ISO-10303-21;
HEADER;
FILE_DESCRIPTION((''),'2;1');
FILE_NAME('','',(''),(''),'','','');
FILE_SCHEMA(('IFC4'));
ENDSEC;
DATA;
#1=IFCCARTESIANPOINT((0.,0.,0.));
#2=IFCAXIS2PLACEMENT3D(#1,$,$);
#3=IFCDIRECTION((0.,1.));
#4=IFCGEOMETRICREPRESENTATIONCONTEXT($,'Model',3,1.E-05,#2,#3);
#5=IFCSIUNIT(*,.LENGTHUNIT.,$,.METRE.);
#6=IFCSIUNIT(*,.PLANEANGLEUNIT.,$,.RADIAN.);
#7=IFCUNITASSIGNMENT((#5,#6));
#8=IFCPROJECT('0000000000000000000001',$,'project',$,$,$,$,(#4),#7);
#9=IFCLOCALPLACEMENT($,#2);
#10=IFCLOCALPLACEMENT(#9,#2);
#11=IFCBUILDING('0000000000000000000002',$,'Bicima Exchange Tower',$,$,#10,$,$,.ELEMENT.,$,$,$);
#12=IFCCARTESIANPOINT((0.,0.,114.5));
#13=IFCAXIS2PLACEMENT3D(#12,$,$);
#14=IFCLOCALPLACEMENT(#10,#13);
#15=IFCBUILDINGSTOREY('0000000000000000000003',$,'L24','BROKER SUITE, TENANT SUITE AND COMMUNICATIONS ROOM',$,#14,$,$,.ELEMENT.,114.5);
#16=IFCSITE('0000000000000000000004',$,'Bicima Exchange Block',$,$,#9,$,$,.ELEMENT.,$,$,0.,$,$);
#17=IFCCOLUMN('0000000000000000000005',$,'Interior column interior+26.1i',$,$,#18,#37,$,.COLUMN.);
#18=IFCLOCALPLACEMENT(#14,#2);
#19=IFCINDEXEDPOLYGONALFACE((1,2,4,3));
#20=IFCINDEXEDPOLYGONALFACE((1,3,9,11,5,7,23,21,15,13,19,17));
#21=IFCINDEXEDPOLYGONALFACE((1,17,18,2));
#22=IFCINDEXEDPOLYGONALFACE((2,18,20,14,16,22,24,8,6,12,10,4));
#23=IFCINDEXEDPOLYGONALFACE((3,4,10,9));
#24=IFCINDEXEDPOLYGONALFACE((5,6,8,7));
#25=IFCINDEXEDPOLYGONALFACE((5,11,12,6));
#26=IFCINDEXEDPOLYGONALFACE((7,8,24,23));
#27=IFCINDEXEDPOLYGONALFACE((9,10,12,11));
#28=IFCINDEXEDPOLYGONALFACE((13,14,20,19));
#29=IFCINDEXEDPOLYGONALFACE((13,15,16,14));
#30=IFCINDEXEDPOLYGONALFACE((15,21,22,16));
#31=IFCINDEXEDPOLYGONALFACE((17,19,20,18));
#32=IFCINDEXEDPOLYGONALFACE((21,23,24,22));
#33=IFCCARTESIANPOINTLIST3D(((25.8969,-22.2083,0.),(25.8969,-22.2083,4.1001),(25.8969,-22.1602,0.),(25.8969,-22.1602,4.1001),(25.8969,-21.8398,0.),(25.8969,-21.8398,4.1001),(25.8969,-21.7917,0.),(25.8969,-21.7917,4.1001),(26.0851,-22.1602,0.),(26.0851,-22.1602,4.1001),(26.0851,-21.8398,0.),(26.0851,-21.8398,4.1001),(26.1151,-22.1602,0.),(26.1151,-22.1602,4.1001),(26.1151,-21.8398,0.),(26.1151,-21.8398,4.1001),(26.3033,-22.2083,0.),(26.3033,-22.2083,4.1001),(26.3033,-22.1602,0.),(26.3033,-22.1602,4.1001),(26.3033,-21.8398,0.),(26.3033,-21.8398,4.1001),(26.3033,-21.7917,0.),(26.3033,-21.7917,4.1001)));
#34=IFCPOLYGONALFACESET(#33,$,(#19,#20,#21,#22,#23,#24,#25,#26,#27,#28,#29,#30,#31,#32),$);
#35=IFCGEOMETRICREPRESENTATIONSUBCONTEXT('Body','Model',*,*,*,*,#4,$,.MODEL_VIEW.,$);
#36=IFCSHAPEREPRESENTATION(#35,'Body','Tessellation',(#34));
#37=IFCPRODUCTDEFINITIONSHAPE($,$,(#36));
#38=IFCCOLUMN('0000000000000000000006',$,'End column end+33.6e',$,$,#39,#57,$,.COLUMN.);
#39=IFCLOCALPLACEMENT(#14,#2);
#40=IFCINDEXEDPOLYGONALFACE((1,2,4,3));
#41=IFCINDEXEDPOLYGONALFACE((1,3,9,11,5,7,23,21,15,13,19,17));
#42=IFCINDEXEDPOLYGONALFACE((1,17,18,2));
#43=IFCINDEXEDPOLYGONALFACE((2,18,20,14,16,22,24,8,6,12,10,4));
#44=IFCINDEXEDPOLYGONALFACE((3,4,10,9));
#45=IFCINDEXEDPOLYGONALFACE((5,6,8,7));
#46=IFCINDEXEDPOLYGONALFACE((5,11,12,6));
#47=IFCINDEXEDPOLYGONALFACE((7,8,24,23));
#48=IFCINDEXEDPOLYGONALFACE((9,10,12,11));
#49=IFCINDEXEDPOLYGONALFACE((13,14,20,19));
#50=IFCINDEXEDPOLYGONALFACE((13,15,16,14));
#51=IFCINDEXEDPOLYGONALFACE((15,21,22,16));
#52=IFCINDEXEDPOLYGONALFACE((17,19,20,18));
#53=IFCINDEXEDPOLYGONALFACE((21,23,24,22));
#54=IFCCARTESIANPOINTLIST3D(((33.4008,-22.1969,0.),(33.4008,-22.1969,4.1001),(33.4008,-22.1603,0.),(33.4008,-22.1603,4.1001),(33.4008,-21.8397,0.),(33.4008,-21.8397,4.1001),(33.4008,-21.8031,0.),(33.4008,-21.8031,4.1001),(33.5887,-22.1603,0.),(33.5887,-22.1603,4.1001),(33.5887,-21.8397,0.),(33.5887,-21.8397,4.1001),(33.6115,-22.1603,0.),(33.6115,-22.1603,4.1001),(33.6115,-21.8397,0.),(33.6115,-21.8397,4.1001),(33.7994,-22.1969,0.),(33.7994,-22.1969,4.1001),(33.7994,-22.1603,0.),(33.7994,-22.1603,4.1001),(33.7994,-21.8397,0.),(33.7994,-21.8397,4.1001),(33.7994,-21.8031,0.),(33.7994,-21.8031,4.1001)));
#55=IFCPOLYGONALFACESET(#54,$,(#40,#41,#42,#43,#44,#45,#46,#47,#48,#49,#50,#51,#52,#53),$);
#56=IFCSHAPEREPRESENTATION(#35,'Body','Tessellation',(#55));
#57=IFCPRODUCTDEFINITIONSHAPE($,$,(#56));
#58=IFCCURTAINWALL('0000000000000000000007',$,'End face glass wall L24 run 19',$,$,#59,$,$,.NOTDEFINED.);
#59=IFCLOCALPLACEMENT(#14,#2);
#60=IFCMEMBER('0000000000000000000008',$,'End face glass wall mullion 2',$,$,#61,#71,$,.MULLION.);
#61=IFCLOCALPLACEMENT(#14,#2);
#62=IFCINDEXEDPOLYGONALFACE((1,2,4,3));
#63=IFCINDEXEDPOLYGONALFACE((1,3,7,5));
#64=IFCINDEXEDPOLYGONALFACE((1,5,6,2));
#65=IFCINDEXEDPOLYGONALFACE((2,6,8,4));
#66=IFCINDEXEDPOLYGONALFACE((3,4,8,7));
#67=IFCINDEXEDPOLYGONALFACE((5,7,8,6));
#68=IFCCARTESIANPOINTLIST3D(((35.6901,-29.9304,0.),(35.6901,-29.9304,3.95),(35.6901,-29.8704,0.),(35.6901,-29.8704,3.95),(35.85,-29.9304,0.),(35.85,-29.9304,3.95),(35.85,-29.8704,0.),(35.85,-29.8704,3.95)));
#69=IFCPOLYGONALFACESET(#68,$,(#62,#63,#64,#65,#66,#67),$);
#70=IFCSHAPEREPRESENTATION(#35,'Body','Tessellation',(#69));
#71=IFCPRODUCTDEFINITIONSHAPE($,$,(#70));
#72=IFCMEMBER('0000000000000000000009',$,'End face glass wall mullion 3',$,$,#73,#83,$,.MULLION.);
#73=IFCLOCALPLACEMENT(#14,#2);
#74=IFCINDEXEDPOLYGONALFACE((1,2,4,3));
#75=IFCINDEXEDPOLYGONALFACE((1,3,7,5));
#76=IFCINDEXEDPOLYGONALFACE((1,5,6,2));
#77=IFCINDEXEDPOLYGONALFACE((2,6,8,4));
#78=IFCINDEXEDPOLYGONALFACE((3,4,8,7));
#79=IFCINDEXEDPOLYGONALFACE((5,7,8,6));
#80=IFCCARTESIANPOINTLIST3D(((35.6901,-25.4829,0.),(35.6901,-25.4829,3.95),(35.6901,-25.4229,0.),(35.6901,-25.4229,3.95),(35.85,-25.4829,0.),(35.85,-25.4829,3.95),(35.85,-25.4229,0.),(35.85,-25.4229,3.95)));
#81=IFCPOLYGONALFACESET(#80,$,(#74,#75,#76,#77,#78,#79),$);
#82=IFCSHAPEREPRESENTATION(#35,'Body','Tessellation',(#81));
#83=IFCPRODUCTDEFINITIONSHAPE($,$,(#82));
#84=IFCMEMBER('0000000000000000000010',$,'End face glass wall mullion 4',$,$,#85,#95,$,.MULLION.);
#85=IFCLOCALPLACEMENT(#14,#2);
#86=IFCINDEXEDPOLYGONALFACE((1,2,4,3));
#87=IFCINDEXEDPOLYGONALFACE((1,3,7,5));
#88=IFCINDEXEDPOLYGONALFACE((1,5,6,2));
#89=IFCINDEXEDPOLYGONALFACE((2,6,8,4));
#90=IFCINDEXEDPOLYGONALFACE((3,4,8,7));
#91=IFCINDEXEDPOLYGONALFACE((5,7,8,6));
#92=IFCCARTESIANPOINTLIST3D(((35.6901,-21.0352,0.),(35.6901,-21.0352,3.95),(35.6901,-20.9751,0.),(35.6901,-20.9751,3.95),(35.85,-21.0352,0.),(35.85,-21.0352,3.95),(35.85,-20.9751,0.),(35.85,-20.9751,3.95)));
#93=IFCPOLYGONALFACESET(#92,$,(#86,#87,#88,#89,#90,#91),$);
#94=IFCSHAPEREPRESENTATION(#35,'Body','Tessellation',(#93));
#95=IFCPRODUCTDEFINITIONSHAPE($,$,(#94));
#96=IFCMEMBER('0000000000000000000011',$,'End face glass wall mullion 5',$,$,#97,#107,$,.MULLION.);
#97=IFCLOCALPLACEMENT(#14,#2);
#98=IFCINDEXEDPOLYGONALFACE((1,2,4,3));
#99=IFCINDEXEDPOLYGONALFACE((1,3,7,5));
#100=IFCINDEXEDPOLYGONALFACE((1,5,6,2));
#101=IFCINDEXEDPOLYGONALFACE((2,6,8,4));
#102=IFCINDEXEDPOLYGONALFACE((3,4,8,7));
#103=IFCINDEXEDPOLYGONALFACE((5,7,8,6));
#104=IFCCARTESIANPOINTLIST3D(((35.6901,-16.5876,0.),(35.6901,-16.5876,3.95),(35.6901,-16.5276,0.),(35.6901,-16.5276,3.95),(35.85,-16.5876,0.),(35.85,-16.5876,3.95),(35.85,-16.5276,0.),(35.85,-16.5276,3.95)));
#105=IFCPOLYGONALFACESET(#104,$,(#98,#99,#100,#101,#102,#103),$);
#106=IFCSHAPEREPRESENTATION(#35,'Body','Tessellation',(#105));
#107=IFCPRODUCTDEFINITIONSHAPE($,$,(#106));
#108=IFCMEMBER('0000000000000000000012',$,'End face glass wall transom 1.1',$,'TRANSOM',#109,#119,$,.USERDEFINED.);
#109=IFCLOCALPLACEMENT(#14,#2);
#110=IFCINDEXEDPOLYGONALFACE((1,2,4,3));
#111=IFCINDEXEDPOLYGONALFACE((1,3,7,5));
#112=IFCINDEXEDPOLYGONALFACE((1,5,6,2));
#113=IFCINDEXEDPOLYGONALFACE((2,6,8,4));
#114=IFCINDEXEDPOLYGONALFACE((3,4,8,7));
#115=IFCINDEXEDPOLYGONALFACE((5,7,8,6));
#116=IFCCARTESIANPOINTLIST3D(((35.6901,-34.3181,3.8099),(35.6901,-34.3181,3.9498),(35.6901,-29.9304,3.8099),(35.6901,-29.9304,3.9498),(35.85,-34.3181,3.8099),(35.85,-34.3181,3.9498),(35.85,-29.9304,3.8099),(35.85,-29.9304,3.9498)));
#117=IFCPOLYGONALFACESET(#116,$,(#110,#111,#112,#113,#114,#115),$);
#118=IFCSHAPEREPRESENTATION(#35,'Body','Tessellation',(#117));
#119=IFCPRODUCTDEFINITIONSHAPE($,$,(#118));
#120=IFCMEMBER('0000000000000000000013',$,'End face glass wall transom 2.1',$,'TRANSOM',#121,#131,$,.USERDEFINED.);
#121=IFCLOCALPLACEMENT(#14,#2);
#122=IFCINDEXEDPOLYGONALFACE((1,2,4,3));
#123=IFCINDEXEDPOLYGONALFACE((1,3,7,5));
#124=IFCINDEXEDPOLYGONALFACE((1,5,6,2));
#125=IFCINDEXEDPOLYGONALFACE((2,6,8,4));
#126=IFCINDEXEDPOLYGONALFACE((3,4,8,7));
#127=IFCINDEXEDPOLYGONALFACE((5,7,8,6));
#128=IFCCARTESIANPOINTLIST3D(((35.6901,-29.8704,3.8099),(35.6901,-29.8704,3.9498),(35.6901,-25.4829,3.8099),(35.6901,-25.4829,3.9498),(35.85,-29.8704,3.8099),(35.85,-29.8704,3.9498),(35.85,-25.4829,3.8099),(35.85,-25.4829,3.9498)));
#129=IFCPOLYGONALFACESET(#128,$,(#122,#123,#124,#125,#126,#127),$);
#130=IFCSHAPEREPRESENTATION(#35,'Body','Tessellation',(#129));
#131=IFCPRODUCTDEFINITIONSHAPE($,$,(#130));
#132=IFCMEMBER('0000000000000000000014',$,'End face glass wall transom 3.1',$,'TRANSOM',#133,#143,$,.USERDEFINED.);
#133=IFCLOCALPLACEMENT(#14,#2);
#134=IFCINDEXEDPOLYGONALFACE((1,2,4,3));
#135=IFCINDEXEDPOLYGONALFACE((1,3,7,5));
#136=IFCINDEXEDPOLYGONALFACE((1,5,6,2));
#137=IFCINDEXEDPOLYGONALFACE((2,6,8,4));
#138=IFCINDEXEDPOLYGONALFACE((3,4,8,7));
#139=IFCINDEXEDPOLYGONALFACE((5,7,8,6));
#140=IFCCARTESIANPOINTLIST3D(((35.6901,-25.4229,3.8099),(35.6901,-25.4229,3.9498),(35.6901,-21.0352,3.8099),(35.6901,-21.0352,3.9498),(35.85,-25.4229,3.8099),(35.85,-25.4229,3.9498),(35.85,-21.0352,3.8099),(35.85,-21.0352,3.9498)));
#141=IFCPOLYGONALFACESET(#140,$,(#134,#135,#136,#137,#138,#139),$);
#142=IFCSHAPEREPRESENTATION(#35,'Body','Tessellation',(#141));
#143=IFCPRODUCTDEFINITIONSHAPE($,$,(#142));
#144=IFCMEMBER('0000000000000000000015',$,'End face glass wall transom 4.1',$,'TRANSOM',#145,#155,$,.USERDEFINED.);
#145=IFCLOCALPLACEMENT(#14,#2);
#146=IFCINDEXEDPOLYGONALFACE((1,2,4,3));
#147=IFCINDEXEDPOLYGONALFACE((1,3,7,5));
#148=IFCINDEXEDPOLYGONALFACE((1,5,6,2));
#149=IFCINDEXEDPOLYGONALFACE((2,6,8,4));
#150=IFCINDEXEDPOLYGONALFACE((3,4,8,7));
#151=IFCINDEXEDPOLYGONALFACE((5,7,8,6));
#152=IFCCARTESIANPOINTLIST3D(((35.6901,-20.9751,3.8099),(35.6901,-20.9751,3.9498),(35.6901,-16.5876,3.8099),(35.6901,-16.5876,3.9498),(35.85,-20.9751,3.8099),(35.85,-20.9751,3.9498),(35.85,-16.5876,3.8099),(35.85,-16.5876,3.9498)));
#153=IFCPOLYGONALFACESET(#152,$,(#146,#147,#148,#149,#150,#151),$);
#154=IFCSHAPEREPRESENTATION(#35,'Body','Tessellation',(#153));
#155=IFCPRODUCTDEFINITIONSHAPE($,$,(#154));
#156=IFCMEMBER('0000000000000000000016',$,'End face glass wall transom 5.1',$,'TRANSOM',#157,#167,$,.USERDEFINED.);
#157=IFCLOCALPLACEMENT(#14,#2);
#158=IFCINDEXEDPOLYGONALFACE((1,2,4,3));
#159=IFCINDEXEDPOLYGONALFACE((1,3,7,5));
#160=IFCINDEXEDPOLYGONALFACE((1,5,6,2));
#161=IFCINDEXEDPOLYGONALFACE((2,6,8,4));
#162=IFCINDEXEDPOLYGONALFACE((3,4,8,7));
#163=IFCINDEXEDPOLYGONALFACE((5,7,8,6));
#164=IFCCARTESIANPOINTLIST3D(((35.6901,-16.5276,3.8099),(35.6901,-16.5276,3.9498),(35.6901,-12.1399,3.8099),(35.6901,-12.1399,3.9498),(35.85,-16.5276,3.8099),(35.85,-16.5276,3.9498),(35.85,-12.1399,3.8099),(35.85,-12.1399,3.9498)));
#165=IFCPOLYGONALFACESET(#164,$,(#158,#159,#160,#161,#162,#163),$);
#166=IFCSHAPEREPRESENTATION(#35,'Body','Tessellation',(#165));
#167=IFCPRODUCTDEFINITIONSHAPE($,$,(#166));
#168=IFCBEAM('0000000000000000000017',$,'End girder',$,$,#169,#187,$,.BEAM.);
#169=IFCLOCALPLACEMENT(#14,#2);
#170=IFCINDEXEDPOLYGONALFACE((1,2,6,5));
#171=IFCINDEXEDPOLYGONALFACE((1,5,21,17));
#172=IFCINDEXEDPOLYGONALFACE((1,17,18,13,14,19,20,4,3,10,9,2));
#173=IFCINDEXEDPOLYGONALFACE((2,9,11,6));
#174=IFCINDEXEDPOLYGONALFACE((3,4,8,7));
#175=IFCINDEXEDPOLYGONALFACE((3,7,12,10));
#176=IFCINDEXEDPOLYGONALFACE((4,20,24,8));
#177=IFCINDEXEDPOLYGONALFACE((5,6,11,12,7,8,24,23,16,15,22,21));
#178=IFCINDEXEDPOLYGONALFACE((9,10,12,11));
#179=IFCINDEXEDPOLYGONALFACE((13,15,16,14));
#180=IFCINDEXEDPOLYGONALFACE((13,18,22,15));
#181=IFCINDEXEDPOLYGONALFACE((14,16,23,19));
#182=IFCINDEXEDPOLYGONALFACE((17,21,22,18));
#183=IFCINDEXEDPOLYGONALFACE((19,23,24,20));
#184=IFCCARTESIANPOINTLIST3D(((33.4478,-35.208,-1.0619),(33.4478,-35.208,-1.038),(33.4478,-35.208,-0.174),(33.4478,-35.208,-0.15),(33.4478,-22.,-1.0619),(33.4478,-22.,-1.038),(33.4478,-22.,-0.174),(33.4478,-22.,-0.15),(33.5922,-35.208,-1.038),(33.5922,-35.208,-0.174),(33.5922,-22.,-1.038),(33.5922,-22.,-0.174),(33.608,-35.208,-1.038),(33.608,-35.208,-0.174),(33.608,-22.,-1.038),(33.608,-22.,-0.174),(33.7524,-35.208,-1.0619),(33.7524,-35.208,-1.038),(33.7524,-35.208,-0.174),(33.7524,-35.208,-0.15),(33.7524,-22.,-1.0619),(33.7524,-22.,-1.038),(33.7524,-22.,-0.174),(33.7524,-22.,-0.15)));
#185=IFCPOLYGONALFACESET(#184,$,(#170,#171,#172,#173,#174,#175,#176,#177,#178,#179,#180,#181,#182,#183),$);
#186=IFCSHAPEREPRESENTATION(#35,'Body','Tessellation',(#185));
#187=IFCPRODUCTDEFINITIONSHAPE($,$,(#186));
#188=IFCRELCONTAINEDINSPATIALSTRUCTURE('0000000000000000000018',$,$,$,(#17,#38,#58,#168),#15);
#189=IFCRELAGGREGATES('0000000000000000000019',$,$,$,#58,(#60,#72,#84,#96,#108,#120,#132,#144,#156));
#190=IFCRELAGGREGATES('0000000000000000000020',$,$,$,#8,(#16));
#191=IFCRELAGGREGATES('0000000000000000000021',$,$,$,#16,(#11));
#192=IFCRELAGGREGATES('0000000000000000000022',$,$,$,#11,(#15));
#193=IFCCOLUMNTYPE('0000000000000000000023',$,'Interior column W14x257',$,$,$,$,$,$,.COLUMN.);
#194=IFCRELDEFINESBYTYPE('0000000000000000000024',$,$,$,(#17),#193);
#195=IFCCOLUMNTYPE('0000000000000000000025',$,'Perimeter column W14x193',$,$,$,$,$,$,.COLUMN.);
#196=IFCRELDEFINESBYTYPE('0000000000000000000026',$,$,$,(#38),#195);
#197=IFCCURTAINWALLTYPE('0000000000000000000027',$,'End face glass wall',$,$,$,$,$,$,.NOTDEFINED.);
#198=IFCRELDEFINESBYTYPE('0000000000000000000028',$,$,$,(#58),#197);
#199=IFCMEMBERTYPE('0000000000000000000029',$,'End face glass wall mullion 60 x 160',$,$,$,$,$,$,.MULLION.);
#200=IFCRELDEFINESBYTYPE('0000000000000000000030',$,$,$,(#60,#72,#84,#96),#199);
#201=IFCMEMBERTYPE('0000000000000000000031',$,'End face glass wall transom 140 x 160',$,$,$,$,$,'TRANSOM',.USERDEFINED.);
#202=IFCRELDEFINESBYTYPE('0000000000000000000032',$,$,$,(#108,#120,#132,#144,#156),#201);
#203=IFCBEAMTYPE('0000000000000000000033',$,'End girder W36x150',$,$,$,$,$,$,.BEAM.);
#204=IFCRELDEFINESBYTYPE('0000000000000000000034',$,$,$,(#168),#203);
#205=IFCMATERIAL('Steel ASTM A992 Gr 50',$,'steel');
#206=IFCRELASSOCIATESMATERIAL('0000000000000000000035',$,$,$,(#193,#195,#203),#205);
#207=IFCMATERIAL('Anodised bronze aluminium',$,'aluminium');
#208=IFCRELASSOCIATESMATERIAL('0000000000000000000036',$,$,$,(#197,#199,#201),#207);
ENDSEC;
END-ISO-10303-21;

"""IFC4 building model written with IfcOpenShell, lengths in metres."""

from ifc_helpers import new_model, si_unit, direction, frame, origin, origin_2d, place, context, subcontext, project, spatial, rectangle, i_section, extrude, material, material_profile, profile_set, type_object, element, aggregate, save


model = new_model("IFC4")

# Units and contexts
model_context = context("Model", 3, precision=1e-05, world=origin(), true_north=direction((0.0, 1.0)))
body_context = subcontext(model_context, "Body", "Model", "MODEL_VIEW")
ifc_project = project(units=[si_unit("LENGTHUNIT", "METRE"), si_unit("PLANEANGLEUNIT", "RADIAN")], contexts=[model_context])

# Site, building, storey
site_placement = place(None, origin())
site = spatial("IfcSite", under=ifc_project, at=site_placement, Name="Bicima Exchange Block", CompositionType="ELEMENT", RefElevation=0.0)
building_placement = place(site_placement, origin())
building = spatial("IfcBuilding", under=site, at=building_placement, Name="Bicima Exchange Tower", CompositionType="ELEMENT")
storey_placement = place(building_placement, frame((0.0, 0.0, 114.5)))
storey = spatial("IfcBuildingStorey", under=building, at=storey_placement, Name="L24", Description="BROKER SUITE, TENANT SUITE AND COMMUNICATIONS ROOM", CompositionType="ELEMENT", Elevation=114.5)

# Columns
ifc_material_1 = material(Name="Steel ASTM A992 Gr 50", Category="steel")
ifc_material_profile_1 = material_profile(ifc_material_1, i_section(OverallWidth=0.4065, OverallDepth=0.4165, WebThickness=0.03, FlangeThickness=0.0481, at=origin_2d()))
ifc_profile_set_1 = profile_set([ifc_material_profile_1], Name="Steel ASTM A992 Gr 50")
column_type_1 = type_object("IfcColumnType", Name="Interior column W14x257", PredefinedType="COLUMN", material=ifc_profile_set_1)
column_1_placement = place(storey_placement, frame((26.1001, -22.0, 0.0), z_axis=(0.0, 0.0, 1.0), x_axis=(1.0, 0.0, 0.0)))
element("IfcColumn", 1, at=column_1_placement, inside=storey, type_object=column_type_1, Name="Interior column interior+26.1i", PredefinedType="COLUMN", context=body_context, shape_type="SweptSolid", body=[
    extrude(i_section(OverallWidth=0.4065, OverallDepth=0.4165, WebThickness=0.03, FlangeThickness=0.0481, at=origin_2d()), origin(), (0.0, 0.0, 1.0), 4.1001),
])
ifc_material_profile_2 = material_profile(ifc_material_1, i_section(OverallWidth=0.3987, OverallDepth=0.3938, WebThickness=0.0227, FlangeThickness=0.0366, at=origin_2d()))
ifc_profile_set_2 = profile_set([ifc_material_profile_2], Name="Steel ASTM A992 Gr 50")
column_type_2 = type_object("IfcColumnType", Name="Perimeter column W14x193", PredefinedType="COLUMN", material=ifc_profile_set_2)
column_2_placement = place(storey_placement, frame((33.6001, -22.0, 0.0), z_axis=(0.0, 0.0, 1.0), x_axis=(1.0, 0.0, 0.0)))
element("IfcColumn", 2, at=column_2_placement, inside=storey, type_object=column_type_2, Name="End column end+33.6e", PredefinedType="COLUMN", context=body_context, shape_type="SweptSolid", body=[
    extrude(i_section(OverallWidth=0.3987, OverallDepth=0.3938, WebThickness=0.0227, FlangeThickness=0.0366, at=origin_2d()), origin(), (0.0, 0.0, 1.0), 4.1001),
])

# Curtain wall, members
ifc_material_2 = material(Name="Anodised bronze aluminium", Category="aluminium")
curtain_wall_type = type_object("IfcCurtainWallType", Name="End face glass wall", PredefinedType="NOTDEFINED", material=ifc_material_2)
curtain_wall_placement = place(storey_placement, origin())
curtain_wall = element("IfcCurtainWall", 3, at=curtain_wall_placement, inside=storey, type_object=curtain_wall_type, Name="End face glass wall L24 run 19", PredefinedType="NOTDEFINED")
ifc_material_profile_3 = material_profile(ifc_material_2, rectangle(XDim=0.1599, YDim=0.0601, at=origin_2d()))
ifc_profile_set_3 = profile_set([ifc_material_profile_3], Name="Anodised bronze aluminium")
member_type_1 = type_object("IfcMemberType", Name="End face glass wall mullion 60 x 160", PredefinedType="MULLION", material=ifc_profile_set_3)
member_1_placement = place(storey_placement, frame((35.77, -29.9004, 0.0), z_axis=(0.0, 0.0, 1.0), x_axis=(-1.0, 0.0, 0.0)))
member_1 = element("IfcMember", 4, at=member_1_placement, type_object=member_type_1, Name="End face glass wall mullion 2", PredefinedType="MULLION", context=body_context, shape_type="SweptSolid", body=[
    extrude(rectangle(XDim=0.1599, YDim=0.0601, at=origin_2d()), origin(), (0.0, 0.0, 1.0), 3.95),
])
member_2_placement = place(storey_placement, frame((35.77, -25.4529, 0.0), z_axis=(0.0, 0.0, 1.0), x_axis=(-1.0, 0.0, 0.0)))
member_2 = element("IfcMember", 5, at=member_2_placement, type_object=member_type_1, Name="End face glass wall mullion 3", PredefinedType="MULLION", context=body_context, shape_type="SweptSolid", body=[
    extrude(rectangle(XDim=0.1599, YDim=0.0601, at=origin_2d()), origin(), (0.0, 0.0, 1.0), 3.95),
])
member_3_placement = place(storey_placement, frame((35.77, -21.0051, 0.0), z_axis=(0.0, 0.0, 1.0), x_axis=(-1.0, 0.0, 0.0)))
member_3 = element("IfcMember", 6, at=member_3_placement, type_object=member_type_1, Name="End face glass wall mullion 4", PredefinedType="MULLION", context=body_context, shape_type="SweptSolid", body=[
    extrude(rectangle(XDim=0.1599, YDim=0.0601, at=origin_2d()), origin(), (0.0, 0.0, 1.0), 3.95),
])
member_4_placement = place(storey_placement, frame((35.77, -16.5576, 0.0), z_axis=(0.0, 0.0, 1.0), x_axis=(-1.0, 0.0, 0.0)))
member_4 = element("IfcMember", 7, at=member_4_placement, type_object=member_type_1, Name="End face glass wall mullion 5", PredefinedType="MULLION", context=body_context, shape_type="SweptSolid", body=[
    extrude(rectangle(XDim=0.1599, YDim=0.0601, at=origin_2d()), origin(), (0.0, 0.0, 1.0), 3.95),
])
ifc_material_profile_4 = material_profile(ifc_material_2, rectangle(XDim=0.1599, YDim=0.1399, at=origin_2d()))
ifc_profile_set_4 = profile_set([ifc_material_profile_4], Name="Anodised bronze aluminium")
member_type_2 = type_object("IfcMemberType", Name="End face glass wall transom 140 x 160", ElementType="TRANSOM", PredefinedType="USERDEFINED", material=ifc_profile_set_4)
member_5_placement = place(storey_placement, frame((35.77, -34.3181, 3.8799), z_axis=(0.0, 1.0, 0.0), x_axis=(-1.0, 0.0, 0.0)))
member_5 = element("IfcMember", 8, at=member_5_placement, type_object=member_type_2, Name="End face glass wall transom 1.1", ObjectType="TRANSOM", PredefinedType="USERDEFINED", context=body_context, shape_type="SweptSolid", body=[
    extrude(rectangle(XDim=0.1599, YDim=0.1399, at=origin_2d()), origin(), (0.0, 0.0, 1.0), 4.3877),
])
member_6_placement = place(storey_placement, frame((35.77, -29.8704, 3.8799), z_axis=(0.0, 1.0, 0.0), x_axis=(-1.0, 0.0, 0.0)))
member_6 = element("IfcMember", 9, at=member_6_placement, type_object=member_type_2, Name="End face glass wall transom 2.1", ObjectType="TRANSOM", PredefinedType="USERDEFINED", context=body_context, shape_type="SweptSolid", body=[
    extrude(rectangle(XDim=0.1599, YDim=0.1399, at=origin_2d()), origin(), (0.0, 0.0, 1.0), 4.3875),
])
member_7_placement = place(storey_placement, frame((35.77, -25.4229, 3.8799), z_axis=(0.0, 1.0, 0.0), x_axis=(-1.0, 0.0, 0.0)))
member_7 = element("IfcMember", 10, at=member_7_placement, type_object=member_type_2, Name="End face glass wall transom 3.1", ObjectType="TRANSOM", PredefinedType="USERDEFINED", context=body_context, shape_type="SweptSolid", body=[
    extrude(rectangle(XDim=0.1599, YDim=0.1399, at=origin_2d()), origin(), (0.0, 0.0, 1.0), 4.3877),
])
member_8_placement = place(storey_placement, frame((35.77, -20.9751, 3.8799), z_axis=(0.0, 1.0, 0.0), x_axis=(-1.0, 0.0, 0.0)))
member_8 = element("IfcMember", 11, at=member_8_placement, type_object=member_type_2, Name="End face glass wall transom 4.1", ObjectType="TRANSOM", PredefinedType="USERDEFINED", context=body_context, shape_type="SweptSolid", body=[
    extrude(rectangle(XDim=0.1599, YDim=0.1399, at=origin_2d()), origin(), (0.0, 0.0, 1.0), 4.3875),
])
member_9_placement = place(storey_placement, frame((35.77, -16.5276, 3.8799), z_axis=(0.0, 1.0, 0.0), x_axis=(-1.0, 0.0, 0.0)))
member_9 = element("IfcMember", 12, at=member_9_placement, type_object=member_type_2, Name="End face glass wall transom 5.1", ObjectType="TRANSOM", PredefinedType="USERDEFINED", context=body_context, shape_type="SweptSolid", body=[
    extrude(rectangle(XDim=0.1599, YDim=0.1399, at=origin_2d()), origin(), (0.0, 0.0, 1.0), 4.3877),
])

# Beam
ifc_material_profile_5 = material_profile(ifc_material_1, i_section(OverallWidth=0.3047, OverallDepth=0.9119, WebThickness=0.0159, FlangeThickness=0.0239, at=origin_2d()))
ifc_profile_set_5 = profile_set([ifc_material_profile_5], Name="Steel ASTM A992 Gr 50")
beam_type_1 = type_object("IfcBeamType", Name="End girder W36x150", PredefinedType="BEAM", material=ifc_profile_set_5)
beam_1_placement = place(storey_placement, frame((33.6001, -22.0, -0.606), z_axis=(0.0, -1.0, 0.0), x_axis=(1.0, 0.0, 0.0)))
element("IfcBeam", 13, at=beam_1_placement, inside=storey, type_object=beam_type_1, Name="End girder", PredefinedType="BEAM", context=body_context, shape_type="SweptSolid", body=[
    extrude(i_section(OverallWidth=0.3047, OverallDepth=0.9119, WebThickness=0.0159, FlangeThickness=0.0239, at=origin_2d()), origin(), (0.0, 0.0, 1.0), 13.208),
])

aggregate(curtain_wall, [member_1, member_2, member_3, member_4, member_5, member_6, member_7, member_8, member_9])

save(model, "model.ifc")
